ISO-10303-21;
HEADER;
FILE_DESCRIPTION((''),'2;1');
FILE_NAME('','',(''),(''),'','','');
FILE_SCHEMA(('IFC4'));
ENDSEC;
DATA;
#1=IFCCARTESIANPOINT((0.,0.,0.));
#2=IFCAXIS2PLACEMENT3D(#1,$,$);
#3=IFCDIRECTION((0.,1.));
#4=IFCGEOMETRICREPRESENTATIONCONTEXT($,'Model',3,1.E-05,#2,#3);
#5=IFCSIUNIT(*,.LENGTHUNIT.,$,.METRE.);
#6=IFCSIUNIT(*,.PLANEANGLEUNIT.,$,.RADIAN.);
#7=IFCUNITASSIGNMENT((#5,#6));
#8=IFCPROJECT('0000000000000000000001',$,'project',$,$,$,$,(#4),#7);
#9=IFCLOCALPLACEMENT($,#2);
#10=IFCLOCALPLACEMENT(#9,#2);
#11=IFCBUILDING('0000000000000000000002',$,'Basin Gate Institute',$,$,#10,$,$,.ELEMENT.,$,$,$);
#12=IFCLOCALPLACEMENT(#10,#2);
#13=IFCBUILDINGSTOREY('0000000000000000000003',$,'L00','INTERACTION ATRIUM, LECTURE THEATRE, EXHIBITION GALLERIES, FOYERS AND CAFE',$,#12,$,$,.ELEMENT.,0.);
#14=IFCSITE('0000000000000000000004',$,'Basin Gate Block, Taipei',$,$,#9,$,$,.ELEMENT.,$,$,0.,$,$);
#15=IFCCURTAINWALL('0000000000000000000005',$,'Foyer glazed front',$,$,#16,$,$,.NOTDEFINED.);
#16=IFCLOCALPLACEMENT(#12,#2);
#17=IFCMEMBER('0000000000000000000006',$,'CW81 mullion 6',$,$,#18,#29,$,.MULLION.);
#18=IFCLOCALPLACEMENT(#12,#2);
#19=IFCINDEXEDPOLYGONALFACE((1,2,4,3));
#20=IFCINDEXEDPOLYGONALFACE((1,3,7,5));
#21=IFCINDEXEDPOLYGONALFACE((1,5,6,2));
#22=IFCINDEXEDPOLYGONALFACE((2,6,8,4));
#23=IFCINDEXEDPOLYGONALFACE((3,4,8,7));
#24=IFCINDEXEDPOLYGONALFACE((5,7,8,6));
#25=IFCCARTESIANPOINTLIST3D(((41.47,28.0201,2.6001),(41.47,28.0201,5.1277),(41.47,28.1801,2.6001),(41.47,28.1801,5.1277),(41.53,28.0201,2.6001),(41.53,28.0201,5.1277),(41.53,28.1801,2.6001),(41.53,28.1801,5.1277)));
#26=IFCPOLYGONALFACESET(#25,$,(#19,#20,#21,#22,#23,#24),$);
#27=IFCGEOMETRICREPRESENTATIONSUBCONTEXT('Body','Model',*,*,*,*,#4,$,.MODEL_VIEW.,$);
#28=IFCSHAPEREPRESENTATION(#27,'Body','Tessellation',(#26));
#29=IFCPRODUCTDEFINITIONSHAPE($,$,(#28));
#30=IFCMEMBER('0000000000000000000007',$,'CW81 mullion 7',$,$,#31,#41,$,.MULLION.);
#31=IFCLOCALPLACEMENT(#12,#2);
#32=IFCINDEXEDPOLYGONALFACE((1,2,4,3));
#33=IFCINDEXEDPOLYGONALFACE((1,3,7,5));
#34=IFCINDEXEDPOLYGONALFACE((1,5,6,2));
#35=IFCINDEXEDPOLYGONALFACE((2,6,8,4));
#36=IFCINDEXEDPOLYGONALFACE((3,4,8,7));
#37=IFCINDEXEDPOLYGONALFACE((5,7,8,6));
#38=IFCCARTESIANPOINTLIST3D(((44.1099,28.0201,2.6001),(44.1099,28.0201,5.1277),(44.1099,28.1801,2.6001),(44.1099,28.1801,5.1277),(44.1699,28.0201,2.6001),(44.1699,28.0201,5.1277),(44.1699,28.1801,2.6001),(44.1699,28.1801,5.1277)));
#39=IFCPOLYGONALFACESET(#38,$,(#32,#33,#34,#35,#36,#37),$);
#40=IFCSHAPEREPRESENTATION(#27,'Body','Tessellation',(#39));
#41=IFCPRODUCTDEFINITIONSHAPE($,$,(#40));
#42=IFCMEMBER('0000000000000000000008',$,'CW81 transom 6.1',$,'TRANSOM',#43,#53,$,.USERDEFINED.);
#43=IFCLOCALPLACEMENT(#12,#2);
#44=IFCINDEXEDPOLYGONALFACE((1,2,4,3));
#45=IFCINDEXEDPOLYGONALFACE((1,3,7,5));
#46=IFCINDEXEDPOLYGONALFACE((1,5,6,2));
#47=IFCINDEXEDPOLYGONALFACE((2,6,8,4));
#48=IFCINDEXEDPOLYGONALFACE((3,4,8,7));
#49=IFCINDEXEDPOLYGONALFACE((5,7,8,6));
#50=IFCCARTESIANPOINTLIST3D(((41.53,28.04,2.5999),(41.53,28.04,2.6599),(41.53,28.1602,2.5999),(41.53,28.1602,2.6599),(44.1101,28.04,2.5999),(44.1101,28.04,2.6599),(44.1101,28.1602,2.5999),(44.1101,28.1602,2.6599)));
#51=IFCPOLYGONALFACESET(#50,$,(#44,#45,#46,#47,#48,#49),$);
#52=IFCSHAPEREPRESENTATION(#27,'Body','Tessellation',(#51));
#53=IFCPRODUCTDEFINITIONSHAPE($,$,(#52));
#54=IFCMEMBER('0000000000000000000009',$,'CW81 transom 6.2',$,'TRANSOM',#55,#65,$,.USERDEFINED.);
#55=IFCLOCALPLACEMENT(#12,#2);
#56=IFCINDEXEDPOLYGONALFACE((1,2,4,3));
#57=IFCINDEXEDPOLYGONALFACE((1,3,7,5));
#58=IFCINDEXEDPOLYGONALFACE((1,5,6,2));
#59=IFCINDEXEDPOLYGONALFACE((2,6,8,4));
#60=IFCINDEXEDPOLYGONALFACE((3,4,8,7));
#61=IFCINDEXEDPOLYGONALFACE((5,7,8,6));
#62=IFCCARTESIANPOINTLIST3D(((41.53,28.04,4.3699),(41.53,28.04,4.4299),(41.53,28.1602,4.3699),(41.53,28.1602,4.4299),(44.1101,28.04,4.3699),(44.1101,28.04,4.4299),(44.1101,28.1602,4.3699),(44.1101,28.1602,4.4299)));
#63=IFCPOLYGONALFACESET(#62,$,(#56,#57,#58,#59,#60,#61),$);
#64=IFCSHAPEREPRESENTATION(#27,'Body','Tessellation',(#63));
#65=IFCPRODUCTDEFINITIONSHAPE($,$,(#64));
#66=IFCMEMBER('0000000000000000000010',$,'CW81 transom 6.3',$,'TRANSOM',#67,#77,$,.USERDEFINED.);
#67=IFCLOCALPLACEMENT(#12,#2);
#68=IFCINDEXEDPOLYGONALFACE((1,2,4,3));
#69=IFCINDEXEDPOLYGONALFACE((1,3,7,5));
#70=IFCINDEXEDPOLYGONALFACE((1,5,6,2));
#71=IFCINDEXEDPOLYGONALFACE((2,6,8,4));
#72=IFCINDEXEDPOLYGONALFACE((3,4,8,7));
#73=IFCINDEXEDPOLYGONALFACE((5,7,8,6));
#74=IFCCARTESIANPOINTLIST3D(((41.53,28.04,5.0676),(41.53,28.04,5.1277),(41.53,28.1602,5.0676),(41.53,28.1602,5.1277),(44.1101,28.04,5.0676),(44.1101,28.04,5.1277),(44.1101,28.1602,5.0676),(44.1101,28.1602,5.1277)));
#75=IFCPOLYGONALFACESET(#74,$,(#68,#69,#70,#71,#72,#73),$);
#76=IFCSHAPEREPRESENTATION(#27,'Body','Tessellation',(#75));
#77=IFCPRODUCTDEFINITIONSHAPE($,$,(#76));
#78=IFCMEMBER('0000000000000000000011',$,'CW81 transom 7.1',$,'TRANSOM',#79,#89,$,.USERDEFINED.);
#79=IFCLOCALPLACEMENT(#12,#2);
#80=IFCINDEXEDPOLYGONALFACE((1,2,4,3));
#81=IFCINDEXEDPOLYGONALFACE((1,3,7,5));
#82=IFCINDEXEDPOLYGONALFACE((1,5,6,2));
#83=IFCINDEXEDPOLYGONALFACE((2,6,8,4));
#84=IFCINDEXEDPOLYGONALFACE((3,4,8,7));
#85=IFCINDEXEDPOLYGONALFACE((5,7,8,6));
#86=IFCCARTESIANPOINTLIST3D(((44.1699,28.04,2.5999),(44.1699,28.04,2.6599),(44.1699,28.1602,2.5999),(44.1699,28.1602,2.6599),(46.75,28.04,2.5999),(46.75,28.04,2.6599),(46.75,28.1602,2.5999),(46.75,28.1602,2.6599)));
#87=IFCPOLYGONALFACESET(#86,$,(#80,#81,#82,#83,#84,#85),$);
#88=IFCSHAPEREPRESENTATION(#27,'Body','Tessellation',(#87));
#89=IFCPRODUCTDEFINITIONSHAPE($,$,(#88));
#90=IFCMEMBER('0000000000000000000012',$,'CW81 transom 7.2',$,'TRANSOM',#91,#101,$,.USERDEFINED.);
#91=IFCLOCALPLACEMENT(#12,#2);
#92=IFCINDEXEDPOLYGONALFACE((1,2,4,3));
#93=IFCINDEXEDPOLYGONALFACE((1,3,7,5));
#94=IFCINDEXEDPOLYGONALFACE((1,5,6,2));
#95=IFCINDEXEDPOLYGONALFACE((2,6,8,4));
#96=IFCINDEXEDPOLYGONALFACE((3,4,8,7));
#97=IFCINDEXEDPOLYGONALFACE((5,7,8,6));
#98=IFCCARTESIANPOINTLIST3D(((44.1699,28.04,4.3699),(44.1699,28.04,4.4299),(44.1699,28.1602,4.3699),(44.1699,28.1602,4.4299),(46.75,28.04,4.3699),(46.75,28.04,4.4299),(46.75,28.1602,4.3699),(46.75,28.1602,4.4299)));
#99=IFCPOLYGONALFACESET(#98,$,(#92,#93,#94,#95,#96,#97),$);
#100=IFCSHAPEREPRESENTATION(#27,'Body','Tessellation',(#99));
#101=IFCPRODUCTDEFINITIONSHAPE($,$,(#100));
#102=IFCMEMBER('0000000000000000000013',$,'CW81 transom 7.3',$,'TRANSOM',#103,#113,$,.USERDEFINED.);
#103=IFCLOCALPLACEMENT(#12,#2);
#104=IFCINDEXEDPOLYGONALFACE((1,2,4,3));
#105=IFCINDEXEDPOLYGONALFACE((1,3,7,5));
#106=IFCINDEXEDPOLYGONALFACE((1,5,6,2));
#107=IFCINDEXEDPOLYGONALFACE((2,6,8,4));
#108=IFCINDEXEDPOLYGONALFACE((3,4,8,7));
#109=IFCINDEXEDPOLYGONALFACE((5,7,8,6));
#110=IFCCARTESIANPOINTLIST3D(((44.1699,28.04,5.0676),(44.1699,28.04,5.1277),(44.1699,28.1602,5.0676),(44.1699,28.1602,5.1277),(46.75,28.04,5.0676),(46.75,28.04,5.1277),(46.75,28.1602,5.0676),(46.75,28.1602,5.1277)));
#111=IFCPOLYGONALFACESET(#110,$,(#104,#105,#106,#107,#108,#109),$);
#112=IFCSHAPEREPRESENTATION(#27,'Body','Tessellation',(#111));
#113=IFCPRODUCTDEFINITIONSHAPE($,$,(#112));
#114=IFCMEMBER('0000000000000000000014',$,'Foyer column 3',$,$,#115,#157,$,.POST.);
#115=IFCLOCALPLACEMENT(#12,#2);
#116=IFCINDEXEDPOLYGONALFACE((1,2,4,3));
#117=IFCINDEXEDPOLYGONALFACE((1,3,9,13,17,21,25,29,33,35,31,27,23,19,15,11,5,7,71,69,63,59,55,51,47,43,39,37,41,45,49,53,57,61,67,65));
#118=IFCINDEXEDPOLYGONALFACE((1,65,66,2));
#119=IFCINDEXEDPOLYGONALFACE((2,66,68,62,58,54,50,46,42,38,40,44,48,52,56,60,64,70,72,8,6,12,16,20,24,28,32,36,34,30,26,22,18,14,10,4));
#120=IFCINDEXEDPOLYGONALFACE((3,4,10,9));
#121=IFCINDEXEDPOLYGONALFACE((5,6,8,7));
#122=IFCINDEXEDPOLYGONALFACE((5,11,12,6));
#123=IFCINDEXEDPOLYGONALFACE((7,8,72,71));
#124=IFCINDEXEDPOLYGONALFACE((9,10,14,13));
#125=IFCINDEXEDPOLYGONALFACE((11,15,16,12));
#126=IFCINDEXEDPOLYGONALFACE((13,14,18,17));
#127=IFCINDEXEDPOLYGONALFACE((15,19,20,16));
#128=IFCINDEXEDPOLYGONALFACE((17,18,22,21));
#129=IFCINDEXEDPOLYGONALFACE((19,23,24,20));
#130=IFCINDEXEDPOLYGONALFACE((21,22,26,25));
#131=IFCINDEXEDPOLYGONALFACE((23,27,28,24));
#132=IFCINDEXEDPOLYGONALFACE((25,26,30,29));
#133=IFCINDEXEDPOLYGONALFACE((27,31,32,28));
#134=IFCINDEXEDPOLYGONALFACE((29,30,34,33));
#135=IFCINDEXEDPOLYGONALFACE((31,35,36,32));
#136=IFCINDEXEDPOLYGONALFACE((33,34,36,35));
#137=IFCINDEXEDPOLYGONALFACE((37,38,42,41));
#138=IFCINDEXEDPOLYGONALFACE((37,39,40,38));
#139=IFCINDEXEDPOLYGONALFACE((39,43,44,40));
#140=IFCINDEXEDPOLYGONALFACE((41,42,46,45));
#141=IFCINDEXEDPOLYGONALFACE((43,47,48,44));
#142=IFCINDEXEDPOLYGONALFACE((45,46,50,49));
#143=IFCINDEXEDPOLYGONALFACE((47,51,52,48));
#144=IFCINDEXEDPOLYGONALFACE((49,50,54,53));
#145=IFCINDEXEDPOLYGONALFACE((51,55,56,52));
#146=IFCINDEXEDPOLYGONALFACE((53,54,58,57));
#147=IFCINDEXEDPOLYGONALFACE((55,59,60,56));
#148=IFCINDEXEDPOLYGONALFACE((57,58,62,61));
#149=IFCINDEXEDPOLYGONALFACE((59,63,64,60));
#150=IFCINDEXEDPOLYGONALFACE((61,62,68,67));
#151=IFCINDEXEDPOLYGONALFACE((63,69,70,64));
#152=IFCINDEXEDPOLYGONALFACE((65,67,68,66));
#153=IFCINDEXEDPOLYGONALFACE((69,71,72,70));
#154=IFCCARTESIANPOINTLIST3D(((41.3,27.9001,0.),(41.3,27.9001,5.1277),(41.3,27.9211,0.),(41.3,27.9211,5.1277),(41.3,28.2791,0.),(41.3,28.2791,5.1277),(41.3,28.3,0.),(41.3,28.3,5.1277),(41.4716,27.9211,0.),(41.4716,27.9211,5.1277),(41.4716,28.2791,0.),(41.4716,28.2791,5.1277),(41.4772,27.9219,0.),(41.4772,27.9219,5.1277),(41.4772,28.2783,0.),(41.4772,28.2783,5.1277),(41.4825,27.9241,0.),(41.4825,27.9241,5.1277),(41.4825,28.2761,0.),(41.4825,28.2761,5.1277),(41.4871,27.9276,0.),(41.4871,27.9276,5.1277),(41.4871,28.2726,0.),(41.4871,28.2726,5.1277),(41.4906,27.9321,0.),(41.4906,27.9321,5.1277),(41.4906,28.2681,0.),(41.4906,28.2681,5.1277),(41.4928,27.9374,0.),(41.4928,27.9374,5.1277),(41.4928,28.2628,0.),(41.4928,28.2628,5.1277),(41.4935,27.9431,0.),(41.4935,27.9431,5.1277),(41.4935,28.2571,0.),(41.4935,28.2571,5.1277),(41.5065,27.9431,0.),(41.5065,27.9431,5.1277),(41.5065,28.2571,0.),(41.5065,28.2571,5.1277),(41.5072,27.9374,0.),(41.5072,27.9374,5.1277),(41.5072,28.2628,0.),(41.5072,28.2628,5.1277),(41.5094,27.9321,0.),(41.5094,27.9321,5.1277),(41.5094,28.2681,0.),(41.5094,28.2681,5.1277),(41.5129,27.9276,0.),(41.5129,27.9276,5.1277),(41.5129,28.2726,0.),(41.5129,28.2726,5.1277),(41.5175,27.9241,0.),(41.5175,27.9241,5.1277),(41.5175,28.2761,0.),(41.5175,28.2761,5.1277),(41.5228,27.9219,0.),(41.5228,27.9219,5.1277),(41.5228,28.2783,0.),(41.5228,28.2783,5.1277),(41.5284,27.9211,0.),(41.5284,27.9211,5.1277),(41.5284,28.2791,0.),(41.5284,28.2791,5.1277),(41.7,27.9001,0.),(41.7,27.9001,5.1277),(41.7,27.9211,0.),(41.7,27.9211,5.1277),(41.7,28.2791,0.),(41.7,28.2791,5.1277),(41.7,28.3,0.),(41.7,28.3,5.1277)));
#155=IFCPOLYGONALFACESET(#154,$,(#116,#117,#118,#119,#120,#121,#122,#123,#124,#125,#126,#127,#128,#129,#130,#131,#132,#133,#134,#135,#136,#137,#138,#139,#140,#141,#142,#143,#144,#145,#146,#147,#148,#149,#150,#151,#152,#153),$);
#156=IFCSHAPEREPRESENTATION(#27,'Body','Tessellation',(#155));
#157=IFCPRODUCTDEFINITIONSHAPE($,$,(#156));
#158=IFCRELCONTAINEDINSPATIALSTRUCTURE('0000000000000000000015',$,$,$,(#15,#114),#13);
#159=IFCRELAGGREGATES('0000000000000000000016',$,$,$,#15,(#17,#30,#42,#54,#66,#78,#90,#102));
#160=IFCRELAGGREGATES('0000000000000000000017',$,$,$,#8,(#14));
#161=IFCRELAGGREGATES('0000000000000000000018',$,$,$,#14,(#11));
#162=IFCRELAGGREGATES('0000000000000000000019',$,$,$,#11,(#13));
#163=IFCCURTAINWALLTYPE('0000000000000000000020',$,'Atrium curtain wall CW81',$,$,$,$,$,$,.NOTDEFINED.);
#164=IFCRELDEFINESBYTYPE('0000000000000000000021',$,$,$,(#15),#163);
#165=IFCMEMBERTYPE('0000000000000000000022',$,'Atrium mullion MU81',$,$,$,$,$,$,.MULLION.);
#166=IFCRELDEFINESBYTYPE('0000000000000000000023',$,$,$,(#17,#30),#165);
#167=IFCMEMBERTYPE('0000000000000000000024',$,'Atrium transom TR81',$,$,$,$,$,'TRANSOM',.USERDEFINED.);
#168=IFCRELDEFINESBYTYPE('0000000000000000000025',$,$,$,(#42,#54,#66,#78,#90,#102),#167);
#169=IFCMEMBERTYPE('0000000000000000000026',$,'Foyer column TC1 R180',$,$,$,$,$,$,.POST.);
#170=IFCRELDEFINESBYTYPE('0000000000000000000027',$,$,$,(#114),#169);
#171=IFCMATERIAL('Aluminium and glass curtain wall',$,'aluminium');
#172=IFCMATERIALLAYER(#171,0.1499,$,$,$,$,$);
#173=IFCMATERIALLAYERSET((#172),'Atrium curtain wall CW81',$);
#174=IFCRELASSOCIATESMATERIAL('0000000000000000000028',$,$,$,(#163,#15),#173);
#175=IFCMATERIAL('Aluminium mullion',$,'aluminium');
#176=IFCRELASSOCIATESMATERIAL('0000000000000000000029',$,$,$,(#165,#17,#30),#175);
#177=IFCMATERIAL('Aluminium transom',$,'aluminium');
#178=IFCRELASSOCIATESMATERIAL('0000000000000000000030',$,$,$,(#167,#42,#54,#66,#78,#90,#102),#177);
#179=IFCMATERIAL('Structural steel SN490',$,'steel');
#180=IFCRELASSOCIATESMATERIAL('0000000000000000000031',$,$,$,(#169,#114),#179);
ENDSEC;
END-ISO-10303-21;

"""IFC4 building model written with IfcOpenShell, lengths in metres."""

from ifc_helpers import new_model, si_unit, direction, frame, origin, origin_2d, place, context, subcontext, project, spatial, rectangle, i_section, extrude, material, layer, layer_set, material_profile, profile_set, type_object, element, aggregate, save


model = new_model("IFC4")

# Units and contexts
model_context = context("Model", 3, precision=1e-05, world=origin(), true_north=direction((0.0, 1.0)))
body_context = subcontext(model_context, "Body", "Model", "MODEL_VIEW")
ifc_project = project(units=[si_unit("LENGTHUNIT", "METRE"), si_unit("PLANEANGLEUNIT", "RADIAN")], contexts=[model_context])

# Site, building, storey
site_placement = place(None, origin())
site = spatial("IfcSite", under=ifc_project, at=site_placement, Name="Basin Gate Block, Taipei", CompositionType="ELEMENT", RefElevation=0.0)
building_placement = place(site_placement, origin())
building = spatial("IfcBuilding", under=site, at=building_placement, Name="Basin Gate Institute", CompositionType="ELEMENT")
storey_placement = place(building_placement, origin())
storey = spatial("IfcBuildingStorey", under=building, at=storey_placement, Name="L00", Description="INTERACTION ATRIUM, LECTURE THEATRE, EXHIBITION GALLERIES, FOYERS AND CAFE", CompositionType="ELEMENT", Elevation=0.0)

# Curtain wall, members
ifc_material_1 = material(Name="Aluminium and glass curtain wall", Category="aluminium")
ifc_layer_1 = layer(ifc_material_1, 0.1499)
ifc_layer_set_1 = layer_set([ifc_layer_1], Name="Atrium curtain wall CW81")
curtain_wall_type = type_object("IfcCurtainWallType", Name="Atrium curtain wall CW81", PredefinedType="NOTDEFINED", material=ifc_layer_set_1)
curtain_wall_placement = place(storey_placement, origin())
curtain_wall = element("IfcCurtainWall", 1, at=curtain_wall_placement, inside=storey, type_object=curtain_wall_type, material=ifc_layer_set_1, Name="Foyer glazed front", PredefinedType="NOTDEFINED")
ifc_material_2 = material(Name="Aluminium mullion", Category="aluminium")
ifc_material_profile_1 = material_profile(ifc_material_2, rectangle(XDim=0.1599, YDim=0.0601, at=origin_2d()), Name="Atrium mullion MU81 160 x 60")
ifc_profile_set_1 = profile_set([ifc_material_profile_1], Name="Aluminium mullion")
member_type_1 = type_object("IfcMemberType", Name="Atrium mullion MU81", PredefinedType="MULLION", material=ifc_profile_set_1)
member_1_placement = place(storey_placement, frame((41.5, 28.1001, 2.6001), z_axis=(0.0, 0.0, 1.0), x_axis=(0.0, 1.0, 0.0)))
member_1 = element("IfcMember", 2, at=member_1_placement, type_object=member_type_1, material=ifc_profile_set_1, Name="CW81 mullion 6", PredefinedType="MULLION", context=body_context, shape_type="SweptSolid", body=[
    extrude(rectangle(XDim=0.1599, YDim=0.0601, at=origin_2d()), origin(), (0.0, 0.0, 1.0), 2.5276),
])
member_2_placement = place(storey_placement, frame((44.1399, 28.1001, 2.6001), z_axis=(0.0, 0.0, 1.0), x_axis=(0.0, 1.0, 0.0)))
member_2 = element("IfcMember", 3, at=member_2_placement, type_object=member_type_1, material=ifc_profile_set_1, Name="CW81 mullion 7", PredefinedType="MULLION", context=body_context, shape_type="SweptSolid", body=[
    extrude(rectangle(XDim=0.1599, YDim=0.0601, at=origin_2d()), origin(), (0.0, 0.0, 1.0), 2.5276),
])
ifc_material_3 = material(Name="Aluminium transom", Category="aluminium")
ifc_material_profile_2 = material_profile(ifc_material_3, rectangle(XDim=0.1201, YDim=0.0601, at=origin_2d()), Name="Atrium transom TR81 120 x 60")
ifc_profile_set_2 = profile_set([ifc_material_profile_2], Name="Aluminium transom")
member_type_2 = type_object("IfcMemberType", Name="Atrium transom TR81", ElementType="TRANSOM", PredefinedType="USERDEFINED", material=ifc_profile_set_2)
member_3_placement = place(storey_placement, frame((41.53, 28.1001, 2.6299), z_axis=(1.0, 0.0, 0.0), x_axis=(0.0, 1.0, 0.0)))
member_3 = element("IfcMember", 4, at=member_3_placement, type_object=member_type_2, material=ifc_profile_set_2, Name="CW81 transom 6.1", ObjectType="TRANSOM", PredefinedType="USERDEFINED", context=body_context, shape_type="SweptSolid", body=[
    extrude(rectangle(XDim=0.1201, YDim=0.0601, at=origin_2d()), origin(), (0.0, 0.0, 1.0), 2.5801),
])
member_4_placement = place(storey_placement, frame((41.53, 28.1001, 4.3999), z_axis=(1.0, 0.0, 0.0), x_axis=(0.0, 1.0, 0.0)))
member_4 = element("IfcMember", 5, at=member_4_placement, type_object=member_type_2, material=ifc_profile_set_2, Name="CW81 transom 6.2", ObjectType="TRANSOM", PredefinedType="USERDEFINED", context=body_context, shape_type="SweptSolid", body=[
    extrude(rectangle(XDim=0.1201, YDim=0.0601, at=origin_2d()), origin(), (0.0, 0.0, 1.0), 2.5801),
])
member_5_placement = place(storey_placement, frame((41.53, 28.1001, 5.0977), z_axis=(1.0, 0.0, 0.0), x_axis=(0.0, 1.0, 0.0)))
member_5 = element("IfcMember", 6, at=member_5_placement, type_object=member_type_2, material=ifc_profile_set_2, Name="CW81 transom 6.3", ObjectType="TRANSOM", PredefinedType="USERDEFINED", context=body_context, shape_type="SweptSolid", body=[
    extrude(rectangle(XDim=0.1201, YDim=0.0601, at=origin_2d()), origin(), (0.0, 0.0, 1.0), 2.5801),
])
member_6_placement = place(storey_placement, frame((44.1699, 28.1001, 2.6299), z_axis=(1.0, 0.0, 0.0), x_axis=(0.0, 1.0, 0.0)))
member_6 = element("IfcMember", 7, at=member_6_placement, type_object=member_type_2, material=ifc_profile_set_2, Name="CW81 transom 7.1", ObjectType="TRANSOM", PredefinedType="USERDEFINED", context=body_context, shape_type="SweptSolid", body=[
    extrude(rectangle(XDim=0.1201, YDim=0.0601, at=origin_2d()), origin(), (0.0, 0.0, 1.0), 2.5801),
])
member_7_placement = place(storey_placement, frame((44.1699, 28.1001, 4.3999), z_axis=(1.0, 0.0, 0.0), x_axis=(0.0, 1.0, 0.0)))
member_7 = element("IfcMember", 8, at=member_7_placement, type_object=member_type_2, material=ifc_profile_set_2, Name="CW81 transom 7.2", ObjectType="TRANSOM", PredefinedType="USERDEFINED", context=body_context, shape_type="SweptSolid", body=[
    extrude(rectangle(XDim=0.1201, YDim=0.0601, at=origin_2d()), origin(), (0.0, 0.0, 1.0), 2.5801),
])
member_8_placement = place(storey_placement, frame((44.1699, 28.1001, 5.0977), z_axis=(1.0, 0.0, 0.0), x_axis=(0.0, 1.0, 0.0)))
member_8 = element("IfcMember", 9, at=member_8_placement, type_object=member_type_2, material=ifc_profile_set_2, Name="CW81 transom 7.3", ObjectType="TRANSOM", PredefinedType="USERDEFINED", context=body_context, shape_type="SweptSolid", body=[
    extrude(rectangle(XDim=0.1201, YDim=0.0601, at=origin_2d()), origin(), (0.0, 0.0, 1.0), 2.5801),
])

# Member
ifc_material_4 = material(Name="Structural steel SN490", Category="steel")
ifc_material_profile_3 = material_profile(ifc_material_4, i_section(OverallWidth=0.3999, OverallDepth=0.3999, WebThickness=0.0129, FlangeThickness=0.021, FilletRadius=0.022, at=origin_2d()), Name="H400x400")
ifc_profile_set_3 = profile_set([ifc_material_profile_3], Name="Structural steel SN490")
member_type_3 = type_object("IfcMemberType", Name="Foyer column TC1 R180", PredefinedType="POST", material=ifc_profile_set_3)
member_9_placement = place(storey_placement, frame((41.5, 28.1001, 0.0), z_axis=(0.0, 0.0, 1.0), x_axis=(1.0, 0.0, 0.0)))
element("IfcMember", 10, at=member_9_placement, inside=storey, type_object=member_type_3, material=ifc_profile_set_3, Name="Foyer column 3", PredefinedType="POST", context=body_context, shape_type="SweptSolid", body=[
    extrude(i_section(OverallWidth=0.3999, OverallDepth=0.3999, WebThickness=0.0129, FlangeThickness=0.021, FilletRadius=0.022, at=origin_2d()), origin(), (0.0, 0.0, 1.0), 5.1277),
])

aggregate(curtain_wall, [member_1, member_2, member_3, member_4, member_5, member_6, member_7, member_8])

save(model, "model.ifc")
